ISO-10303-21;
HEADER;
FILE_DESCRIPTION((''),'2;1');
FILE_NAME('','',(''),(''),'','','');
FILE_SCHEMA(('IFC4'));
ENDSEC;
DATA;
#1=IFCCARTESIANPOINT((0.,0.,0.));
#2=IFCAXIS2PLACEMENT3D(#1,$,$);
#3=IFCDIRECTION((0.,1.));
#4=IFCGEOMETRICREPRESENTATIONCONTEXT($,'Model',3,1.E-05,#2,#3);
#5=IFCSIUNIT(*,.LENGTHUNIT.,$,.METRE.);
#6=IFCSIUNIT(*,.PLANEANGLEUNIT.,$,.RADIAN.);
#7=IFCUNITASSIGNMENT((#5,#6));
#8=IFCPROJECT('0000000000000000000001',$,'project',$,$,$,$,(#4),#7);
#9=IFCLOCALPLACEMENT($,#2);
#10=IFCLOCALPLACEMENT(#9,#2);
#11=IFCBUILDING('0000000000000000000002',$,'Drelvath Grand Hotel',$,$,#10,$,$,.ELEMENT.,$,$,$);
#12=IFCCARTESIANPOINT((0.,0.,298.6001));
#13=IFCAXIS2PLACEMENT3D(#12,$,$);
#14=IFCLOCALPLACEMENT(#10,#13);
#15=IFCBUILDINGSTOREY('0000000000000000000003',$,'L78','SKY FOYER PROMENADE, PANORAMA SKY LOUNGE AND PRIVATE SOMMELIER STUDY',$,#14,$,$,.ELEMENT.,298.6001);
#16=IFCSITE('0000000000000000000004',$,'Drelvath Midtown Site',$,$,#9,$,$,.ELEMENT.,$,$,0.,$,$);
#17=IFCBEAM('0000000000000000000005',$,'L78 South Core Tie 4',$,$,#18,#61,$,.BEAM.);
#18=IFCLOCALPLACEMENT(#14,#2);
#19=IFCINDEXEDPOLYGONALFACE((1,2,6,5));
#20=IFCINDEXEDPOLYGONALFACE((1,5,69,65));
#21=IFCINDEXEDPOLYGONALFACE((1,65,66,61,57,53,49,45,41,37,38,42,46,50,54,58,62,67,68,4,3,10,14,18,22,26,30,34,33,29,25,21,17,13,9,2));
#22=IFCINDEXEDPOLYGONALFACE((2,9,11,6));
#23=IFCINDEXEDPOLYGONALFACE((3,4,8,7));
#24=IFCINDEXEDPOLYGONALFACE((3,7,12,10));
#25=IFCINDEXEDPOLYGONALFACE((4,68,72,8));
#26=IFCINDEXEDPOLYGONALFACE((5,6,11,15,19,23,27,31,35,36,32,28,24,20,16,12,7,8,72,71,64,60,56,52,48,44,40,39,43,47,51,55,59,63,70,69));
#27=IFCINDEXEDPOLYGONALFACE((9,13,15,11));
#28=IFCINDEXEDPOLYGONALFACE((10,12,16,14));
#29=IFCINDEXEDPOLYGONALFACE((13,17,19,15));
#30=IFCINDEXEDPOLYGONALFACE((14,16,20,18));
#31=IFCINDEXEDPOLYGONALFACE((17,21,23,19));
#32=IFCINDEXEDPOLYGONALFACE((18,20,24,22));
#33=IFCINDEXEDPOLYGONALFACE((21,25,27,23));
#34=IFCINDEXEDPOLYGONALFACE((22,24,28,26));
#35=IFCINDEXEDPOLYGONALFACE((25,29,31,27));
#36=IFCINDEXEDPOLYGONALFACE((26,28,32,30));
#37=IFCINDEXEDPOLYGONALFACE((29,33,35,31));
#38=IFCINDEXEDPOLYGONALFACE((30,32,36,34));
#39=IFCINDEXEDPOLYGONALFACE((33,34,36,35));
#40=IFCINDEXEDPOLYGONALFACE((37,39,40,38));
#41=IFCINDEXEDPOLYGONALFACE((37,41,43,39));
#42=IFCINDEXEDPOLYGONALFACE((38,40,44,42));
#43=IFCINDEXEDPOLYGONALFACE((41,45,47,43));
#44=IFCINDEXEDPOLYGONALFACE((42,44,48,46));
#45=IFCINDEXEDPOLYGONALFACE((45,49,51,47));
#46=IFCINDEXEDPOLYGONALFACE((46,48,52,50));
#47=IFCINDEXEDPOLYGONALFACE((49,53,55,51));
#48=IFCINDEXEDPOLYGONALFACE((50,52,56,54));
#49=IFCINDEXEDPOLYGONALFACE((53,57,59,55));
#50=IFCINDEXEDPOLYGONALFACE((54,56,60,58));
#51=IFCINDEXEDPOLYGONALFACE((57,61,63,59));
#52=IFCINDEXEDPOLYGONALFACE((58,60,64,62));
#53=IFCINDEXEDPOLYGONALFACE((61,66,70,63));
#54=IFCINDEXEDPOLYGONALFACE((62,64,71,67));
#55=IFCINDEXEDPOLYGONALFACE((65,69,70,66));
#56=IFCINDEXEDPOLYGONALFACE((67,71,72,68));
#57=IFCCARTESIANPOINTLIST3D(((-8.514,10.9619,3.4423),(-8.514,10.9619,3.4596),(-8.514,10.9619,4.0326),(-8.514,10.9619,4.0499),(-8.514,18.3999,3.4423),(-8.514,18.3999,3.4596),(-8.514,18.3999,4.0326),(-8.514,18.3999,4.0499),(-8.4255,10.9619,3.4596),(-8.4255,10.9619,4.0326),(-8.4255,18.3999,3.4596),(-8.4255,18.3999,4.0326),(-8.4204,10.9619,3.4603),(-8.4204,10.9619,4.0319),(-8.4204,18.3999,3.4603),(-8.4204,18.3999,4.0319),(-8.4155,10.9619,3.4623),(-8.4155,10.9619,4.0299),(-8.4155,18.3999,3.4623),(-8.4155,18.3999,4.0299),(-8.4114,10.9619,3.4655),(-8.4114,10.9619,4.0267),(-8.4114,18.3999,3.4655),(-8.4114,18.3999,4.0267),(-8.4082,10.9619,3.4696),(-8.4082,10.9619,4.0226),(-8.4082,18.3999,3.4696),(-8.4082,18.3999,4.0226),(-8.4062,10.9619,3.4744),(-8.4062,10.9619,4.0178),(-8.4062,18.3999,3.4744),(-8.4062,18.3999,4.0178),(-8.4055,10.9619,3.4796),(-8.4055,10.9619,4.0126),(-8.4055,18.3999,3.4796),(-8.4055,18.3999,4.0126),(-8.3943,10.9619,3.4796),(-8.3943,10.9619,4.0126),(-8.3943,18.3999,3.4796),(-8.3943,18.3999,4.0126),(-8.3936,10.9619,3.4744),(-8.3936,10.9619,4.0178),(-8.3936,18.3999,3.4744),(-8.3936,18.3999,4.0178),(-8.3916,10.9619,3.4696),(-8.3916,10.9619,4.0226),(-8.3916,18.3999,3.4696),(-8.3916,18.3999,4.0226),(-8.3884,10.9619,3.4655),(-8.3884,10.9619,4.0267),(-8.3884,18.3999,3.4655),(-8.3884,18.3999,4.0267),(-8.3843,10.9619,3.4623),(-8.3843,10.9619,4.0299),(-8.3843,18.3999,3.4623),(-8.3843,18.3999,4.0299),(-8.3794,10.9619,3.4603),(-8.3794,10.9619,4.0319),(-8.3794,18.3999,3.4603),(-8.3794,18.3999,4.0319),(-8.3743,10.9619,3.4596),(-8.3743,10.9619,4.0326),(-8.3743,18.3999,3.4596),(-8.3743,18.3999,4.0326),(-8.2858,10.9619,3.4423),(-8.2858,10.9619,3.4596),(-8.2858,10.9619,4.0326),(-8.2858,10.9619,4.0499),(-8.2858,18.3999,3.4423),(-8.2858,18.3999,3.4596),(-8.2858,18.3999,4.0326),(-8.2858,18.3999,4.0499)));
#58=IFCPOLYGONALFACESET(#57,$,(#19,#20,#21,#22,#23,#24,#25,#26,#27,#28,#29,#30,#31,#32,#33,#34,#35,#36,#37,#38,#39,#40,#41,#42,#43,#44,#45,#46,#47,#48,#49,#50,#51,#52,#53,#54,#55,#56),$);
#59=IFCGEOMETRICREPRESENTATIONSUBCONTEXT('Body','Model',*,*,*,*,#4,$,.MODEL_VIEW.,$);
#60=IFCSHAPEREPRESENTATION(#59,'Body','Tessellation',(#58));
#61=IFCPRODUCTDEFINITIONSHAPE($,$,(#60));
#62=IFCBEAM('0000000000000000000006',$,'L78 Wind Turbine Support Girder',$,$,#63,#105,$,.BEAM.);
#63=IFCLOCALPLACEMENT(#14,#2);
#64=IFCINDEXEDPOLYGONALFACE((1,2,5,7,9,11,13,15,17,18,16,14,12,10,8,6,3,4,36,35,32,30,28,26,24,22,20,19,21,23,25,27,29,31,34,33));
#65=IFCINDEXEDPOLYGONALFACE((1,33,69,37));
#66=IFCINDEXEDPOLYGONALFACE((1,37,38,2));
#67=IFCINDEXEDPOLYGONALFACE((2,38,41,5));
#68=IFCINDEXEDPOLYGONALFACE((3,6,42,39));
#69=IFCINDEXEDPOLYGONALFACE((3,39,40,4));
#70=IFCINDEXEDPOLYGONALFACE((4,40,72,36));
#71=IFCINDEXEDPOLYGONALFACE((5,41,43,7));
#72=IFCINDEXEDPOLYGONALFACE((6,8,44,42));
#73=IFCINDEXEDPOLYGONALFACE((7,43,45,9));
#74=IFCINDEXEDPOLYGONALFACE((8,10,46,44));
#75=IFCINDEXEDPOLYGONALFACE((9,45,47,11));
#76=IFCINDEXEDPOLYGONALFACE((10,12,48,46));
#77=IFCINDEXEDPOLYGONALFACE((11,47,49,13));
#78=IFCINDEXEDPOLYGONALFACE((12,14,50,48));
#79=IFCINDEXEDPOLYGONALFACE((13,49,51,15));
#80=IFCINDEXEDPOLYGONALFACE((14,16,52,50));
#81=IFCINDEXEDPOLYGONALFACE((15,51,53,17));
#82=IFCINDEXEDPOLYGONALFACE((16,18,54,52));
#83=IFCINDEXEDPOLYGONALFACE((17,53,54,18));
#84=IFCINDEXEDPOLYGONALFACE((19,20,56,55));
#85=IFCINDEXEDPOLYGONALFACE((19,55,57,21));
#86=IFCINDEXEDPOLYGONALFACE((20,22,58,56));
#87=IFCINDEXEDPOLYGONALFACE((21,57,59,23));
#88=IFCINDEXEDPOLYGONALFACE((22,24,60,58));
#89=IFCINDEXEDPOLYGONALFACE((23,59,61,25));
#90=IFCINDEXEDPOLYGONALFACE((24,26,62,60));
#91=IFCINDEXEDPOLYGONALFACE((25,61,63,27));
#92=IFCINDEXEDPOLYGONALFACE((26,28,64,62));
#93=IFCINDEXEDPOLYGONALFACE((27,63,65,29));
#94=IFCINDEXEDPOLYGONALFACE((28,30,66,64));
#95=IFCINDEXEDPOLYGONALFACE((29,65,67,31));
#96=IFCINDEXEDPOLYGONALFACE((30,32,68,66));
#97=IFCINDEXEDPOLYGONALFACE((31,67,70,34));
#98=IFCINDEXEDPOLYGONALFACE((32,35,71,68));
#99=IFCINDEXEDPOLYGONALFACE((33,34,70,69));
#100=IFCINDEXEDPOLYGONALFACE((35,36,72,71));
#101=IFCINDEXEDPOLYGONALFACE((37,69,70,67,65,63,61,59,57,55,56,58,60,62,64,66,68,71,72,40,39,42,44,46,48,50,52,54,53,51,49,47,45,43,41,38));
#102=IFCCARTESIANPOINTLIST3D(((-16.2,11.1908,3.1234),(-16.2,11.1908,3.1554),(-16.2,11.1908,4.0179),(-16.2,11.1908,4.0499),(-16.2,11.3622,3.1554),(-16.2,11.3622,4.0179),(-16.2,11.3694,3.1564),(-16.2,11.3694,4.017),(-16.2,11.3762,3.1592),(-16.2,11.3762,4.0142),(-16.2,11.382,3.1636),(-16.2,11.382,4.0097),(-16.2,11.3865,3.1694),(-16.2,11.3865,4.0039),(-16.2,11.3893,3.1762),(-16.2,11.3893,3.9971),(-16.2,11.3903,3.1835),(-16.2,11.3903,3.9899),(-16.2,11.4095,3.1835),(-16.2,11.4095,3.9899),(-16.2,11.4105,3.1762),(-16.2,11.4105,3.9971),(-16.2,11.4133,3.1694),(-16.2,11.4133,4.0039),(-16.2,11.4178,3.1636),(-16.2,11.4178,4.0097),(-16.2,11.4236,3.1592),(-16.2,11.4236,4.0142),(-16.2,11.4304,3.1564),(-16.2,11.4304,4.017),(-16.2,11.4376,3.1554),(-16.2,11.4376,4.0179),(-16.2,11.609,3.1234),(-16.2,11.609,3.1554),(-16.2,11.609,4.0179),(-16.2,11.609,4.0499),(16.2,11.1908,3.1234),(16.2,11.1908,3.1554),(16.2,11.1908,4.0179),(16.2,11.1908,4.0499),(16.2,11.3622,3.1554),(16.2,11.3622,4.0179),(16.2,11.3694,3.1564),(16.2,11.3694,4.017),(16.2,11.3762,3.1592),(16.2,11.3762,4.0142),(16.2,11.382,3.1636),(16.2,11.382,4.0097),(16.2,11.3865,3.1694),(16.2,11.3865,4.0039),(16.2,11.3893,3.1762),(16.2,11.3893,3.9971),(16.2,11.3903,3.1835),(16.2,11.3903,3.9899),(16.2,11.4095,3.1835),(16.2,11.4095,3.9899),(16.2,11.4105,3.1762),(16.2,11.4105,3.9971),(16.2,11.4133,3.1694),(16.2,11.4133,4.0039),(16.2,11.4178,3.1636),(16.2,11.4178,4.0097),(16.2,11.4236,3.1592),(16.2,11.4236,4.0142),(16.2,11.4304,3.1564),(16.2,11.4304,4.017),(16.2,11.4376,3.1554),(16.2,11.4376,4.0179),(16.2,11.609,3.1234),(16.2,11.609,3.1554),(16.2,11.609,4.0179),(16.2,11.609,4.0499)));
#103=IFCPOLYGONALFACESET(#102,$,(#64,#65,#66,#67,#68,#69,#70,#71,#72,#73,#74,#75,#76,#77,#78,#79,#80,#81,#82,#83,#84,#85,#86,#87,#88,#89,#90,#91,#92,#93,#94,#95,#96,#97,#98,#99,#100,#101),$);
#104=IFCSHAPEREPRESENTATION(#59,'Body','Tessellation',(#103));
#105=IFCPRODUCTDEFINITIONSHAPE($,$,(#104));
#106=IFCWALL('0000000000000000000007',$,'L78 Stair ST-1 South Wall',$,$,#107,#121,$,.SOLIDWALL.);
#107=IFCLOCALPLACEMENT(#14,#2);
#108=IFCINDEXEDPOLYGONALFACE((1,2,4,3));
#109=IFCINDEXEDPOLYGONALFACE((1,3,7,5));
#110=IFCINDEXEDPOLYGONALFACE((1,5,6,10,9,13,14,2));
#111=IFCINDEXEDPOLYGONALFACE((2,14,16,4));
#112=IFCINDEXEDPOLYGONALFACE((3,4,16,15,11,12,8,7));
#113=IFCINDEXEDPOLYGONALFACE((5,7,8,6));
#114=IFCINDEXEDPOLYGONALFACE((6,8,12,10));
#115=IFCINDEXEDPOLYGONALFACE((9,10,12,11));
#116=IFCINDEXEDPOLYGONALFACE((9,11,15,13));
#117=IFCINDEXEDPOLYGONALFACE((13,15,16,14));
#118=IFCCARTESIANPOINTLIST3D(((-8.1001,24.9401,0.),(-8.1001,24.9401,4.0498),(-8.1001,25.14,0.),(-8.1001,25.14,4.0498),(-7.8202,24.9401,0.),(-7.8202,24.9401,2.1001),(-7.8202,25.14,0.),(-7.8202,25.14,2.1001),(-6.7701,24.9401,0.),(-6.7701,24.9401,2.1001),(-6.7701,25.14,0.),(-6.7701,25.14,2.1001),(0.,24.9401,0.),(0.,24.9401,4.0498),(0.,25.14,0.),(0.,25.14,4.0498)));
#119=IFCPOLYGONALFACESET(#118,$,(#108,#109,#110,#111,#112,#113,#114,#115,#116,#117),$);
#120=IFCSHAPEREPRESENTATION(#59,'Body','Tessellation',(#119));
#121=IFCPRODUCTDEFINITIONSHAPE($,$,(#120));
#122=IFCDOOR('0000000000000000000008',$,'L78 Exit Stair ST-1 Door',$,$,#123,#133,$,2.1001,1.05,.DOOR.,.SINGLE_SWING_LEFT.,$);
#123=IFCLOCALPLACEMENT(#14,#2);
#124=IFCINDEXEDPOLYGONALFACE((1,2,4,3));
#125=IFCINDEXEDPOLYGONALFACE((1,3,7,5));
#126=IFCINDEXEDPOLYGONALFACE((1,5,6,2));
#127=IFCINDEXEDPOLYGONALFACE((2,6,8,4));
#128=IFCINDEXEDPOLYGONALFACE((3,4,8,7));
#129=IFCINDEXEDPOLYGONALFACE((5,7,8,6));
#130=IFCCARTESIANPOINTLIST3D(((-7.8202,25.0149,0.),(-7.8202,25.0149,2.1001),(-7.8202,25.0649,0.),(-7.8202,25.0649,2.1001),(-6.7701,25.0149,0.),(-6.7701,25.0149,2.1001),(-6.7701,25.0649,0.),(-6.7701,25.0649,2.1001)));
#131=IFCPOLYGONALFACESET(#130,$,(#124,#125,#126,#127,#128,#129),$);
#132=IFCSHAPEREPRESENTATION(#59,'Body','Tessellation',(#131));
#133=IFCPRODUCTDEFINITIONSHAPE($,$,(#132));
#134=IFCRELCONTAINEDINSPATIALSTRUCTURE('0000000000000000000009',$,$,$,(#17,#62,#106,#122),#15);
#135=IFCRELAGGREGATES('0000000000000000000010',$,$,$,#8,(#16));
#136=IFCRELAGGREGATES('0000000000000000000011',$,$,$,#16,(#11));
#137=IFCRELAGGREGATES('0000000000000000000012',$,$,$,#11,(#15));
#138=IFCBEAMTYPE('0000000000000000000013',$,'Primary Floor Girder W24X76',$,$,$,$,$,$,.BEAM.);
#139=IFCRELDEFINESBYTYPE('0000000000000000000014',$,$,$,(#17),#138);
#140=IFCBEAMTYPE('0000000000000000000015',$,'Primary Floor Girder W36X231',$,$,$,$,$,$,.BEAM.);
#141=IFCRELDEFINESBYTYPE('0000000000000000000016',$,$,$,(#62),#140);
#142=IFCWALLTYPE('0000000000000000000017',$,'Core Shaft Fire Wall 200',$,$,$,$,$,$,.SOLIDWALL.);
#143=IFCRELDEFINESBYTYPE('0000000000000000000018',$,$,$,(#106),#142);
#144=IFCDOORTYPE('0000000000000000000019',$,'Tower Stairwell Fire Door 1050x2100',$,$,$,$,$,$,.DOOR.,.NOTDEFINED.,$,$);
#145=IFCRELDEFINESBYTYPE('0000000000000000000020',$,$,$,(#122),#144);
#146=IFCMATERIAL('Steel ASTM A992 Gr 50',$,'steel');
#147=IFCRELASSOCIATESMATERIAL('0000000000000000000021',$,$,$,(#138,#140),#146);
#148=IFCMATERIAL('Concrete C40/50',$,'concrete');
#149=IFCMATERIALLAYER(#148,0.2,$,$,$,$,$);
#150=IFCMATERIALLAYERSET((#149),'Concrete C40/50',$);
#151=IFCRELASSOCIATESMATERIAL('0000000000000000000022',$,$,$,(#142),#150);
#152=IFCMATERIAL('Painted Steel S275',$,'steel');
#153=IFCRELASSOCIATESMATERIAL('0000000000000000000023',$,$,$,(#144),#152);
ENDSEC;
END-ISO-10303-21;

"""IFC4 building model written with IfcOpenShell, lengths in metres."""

from ifc_helpers import new_model, si_unit, direction, frame, frame_2d, origin, origin_2d, place, context, subcontext, project, spatial, rectangle, i_section, extrude, material, layer, layer_set, material_profile, profile_set, type_object, element, fill, save


model = new_model("IFC4")

# Units and contexts
model_context = context("Model", 3, precision=1e-05, world=origin(), true_north=direction((0.0, 1.0)))
body_context = subcontext(model_context, "Body", "Model", "MODEL_VIEW")
ifc_project = project(units=[si_unit("LENGTHUNIT", "METRE"), si_unit("PLANEANGLEUNIT", "RADIAN")], contexts=[model_context])

# Site, building, storey
site_placement = place(None, origin())
site = spatial("IfcSite", under=ifc_project, at=site_placement, Name="Drelvath Midtown Site", CompositionType="ELEMENT", RefElevation=0.0)
building_placement = place(site_placement, origin())
building = spatial("IfcBuilding", under=site, at=building_placement, Name="Drelvath Grand Hotel", CompositionType="ELEMENT")
storey_placement = place(building_placement, frame((0.0, 0.0, 298.6001)))
storey = spatial("IfcBuildingStorey", under=building, at=storey_placement, Name="L78", Description="SKY FOYER PROMENADE, PANORAMA SKY LOUNGE AND PRIVATE SOMMELIER STUDY", CompositionType="ELEMENT", Elevation=298.6001)

# Beams
ifc_material_1 = material(Name="Steel ASTM A992 Gr 50", Category="steel")
ifc_material_profile_1 = material_profile(ifc_material_1, i_section(OverallWidth=0.2283, OverallDepth=0.6077, WebThickness=0.0112, FlangeThickness=0.0173, FilletRadius=0.02, at=origin_2d()), Name="W24X76")
ifc_profile_set_1 = profile_set([ifc_material_profile_1], Name="Steel ASTM A992 Gr 50")
beam_type_1 = type_object("IfcBeamType", Name="Primary Floor Girder W24X76", PredefinedType="BEAM", material=ifc_profile_set_1)
for number, where, z_axis, x_axis, name in (
    (1, (-8.3999, 10.9619, 3.7461), (0.0, 1.0, 0.0), (-1.0, 0.0, 0.0), "L78 South Core Tie 4"),
):
    element("IfcBeam", number, at=place(storey_placement, frame(where, z_axis=z_axis, x_axis=x_axis)), inside=storey, type_object=beam_type_1, Name=name, PredefinedType="BEAM", context=body_context, shape_type="SweptSolid", body=[
        extrude(i_section(OverallWidth=0.2283, OverallDepth=0.6077, WebThickness=0.0112, FlangeThickness=0.0173, FilletRadius=0.02, at=origin_2d()), origin(), (0.0, 0.0, 1.0), 7.438),
    ])
ifc_material_profile_2 = material_profile(ifc_material_1, i_section(OverallWidth=0.4182, OverallDepth=0.9265, WebThickness=0.0193, FlangeThickness=0.032, FilletRadius=0.0281, at=origin_2d()), Name="W36X231")
ifc_profile_set_2 = profile_set([ifc_material_profile_2], Name="Steel ASTM A992 Gr 50")
beam_type_2 = type_object("IfcBeamType", Name="Primary Floor Girder W36X231", PredefinedType="BEAM", material=ifc_profile_set_2)
beam_1_placement = place(storey_placement, frame((-16.2, 11.3999, 3.5867), z_axis=(1.0, 0.0, 0.0), x_axis=(0.0, 1.0, 0.0)))
element("IfcBeam", 2, at=beam_1_placement, inside=storey, type_object=beam_type_2, Name="L78 Wind Turbine Support Girder", PredefinedType="BEAM", context=body_context, shape_type="SweptSolid", body=[
    extrude(i_section(OverallWidth=0.4182, OverallDepth=0.9265, WebThickness=0.0193, FlangeThickness=0.032, FilletRadius=0.0281, at=origin_2d()), origin(), (0.0, 0.0, 1.0), 32.3999),
])

# Wall, opening, door
ifc_material_2 = material(Name="Concrete C40/50", Category="concrete")
ifc_layer_1 = layer(ifc_material_2, 0.2)
ifc_layer_set_1 = layer_set([ifc_layer_1], Name="Concrete C40/50")
wall_type_1 = type_object("IfcWallType", Name="Core Shaft Fire Wall 200", PredefinedType="SOLIDWALL", material=ifc_layer_set_1)
wall_1_placement = place(storey_placement, frame((-8.1001, 25.04, 0.0), z_axis=(0.0, 0.0, 1.0), x_axis=(1.0, 0.0, 0.0)))
wall_1 = element("IfcWall", 3, at=wall_1_placement, inside=storey, type_object=wall_type_1, Name="L78 Stair ST-1 South Wall", PredefinedType="SOLIDWALL", context=body_context, shape_type="SweptSolid", body=[
    extrude(rectangle(XDim=8.1001, YDim=0.2, at=frame_2d((4.05, 0.0))), origin(), (0.0, 0.0, 1.0), 4.0498),
])
opening_1_placement = place(wall_1_placement, frame((0.28, 0.0, 0.0)))
opening_1 = element("IfcOpeningElement", 4, at=opening_1_placement, cuts=wall_1, PredefinedType="OPENING", context=body_context, shape_type="SweptSolid", body=[
    extrude(rectangle(XDim=1.05, YDim=2.1001, at=frame_2d((0.5249, 1.05))), frame((0.0, 0.1099, 0.0), z_axis=(0.0, -1.0, 0.0), x_axis=(1.0, 0.0, 0.0)), (0.0, 0.0, 1.0), 0.22),
])
ifc_material_3 = material(Name="Painted Steel S275", Category="steel")
door_type_1 = type_object("IfcDoorType", Name="Tower Stairwell Fire Door 1050x2100", OperationType="NOTDEFINED", PredefinedType="DOOR", material=ifc_material_3)
door_1_placement = place(opening_1_placement, origin())
door_1 = element("IfcDoor", 5, at=door_1_placement, inside=storey, type_object=door_type_1, Name="L78 Exit Stair ST-1 Door", OperationType="SINGLE_SWING_LEFT", OverallHeight=2.1001, OverallWidth=1.05, PredefinedType="DOOR", context=body_context, shape_type="SweptSolid", body=[
    extrude(rectangle(XDim=1.05, YDim=2.1001, at=frame_2d((0.5249, 1.05))), frame((0.0, 0.0249, 0.0), z_axis=(0.0, -1.0, 0.0), x_axis=(1.0, 0.0, 0.0)), (0.0, 0.0, 1.0), 0.05),
])
fill(opening_1, door_1)

save(model, "model.ifc")
